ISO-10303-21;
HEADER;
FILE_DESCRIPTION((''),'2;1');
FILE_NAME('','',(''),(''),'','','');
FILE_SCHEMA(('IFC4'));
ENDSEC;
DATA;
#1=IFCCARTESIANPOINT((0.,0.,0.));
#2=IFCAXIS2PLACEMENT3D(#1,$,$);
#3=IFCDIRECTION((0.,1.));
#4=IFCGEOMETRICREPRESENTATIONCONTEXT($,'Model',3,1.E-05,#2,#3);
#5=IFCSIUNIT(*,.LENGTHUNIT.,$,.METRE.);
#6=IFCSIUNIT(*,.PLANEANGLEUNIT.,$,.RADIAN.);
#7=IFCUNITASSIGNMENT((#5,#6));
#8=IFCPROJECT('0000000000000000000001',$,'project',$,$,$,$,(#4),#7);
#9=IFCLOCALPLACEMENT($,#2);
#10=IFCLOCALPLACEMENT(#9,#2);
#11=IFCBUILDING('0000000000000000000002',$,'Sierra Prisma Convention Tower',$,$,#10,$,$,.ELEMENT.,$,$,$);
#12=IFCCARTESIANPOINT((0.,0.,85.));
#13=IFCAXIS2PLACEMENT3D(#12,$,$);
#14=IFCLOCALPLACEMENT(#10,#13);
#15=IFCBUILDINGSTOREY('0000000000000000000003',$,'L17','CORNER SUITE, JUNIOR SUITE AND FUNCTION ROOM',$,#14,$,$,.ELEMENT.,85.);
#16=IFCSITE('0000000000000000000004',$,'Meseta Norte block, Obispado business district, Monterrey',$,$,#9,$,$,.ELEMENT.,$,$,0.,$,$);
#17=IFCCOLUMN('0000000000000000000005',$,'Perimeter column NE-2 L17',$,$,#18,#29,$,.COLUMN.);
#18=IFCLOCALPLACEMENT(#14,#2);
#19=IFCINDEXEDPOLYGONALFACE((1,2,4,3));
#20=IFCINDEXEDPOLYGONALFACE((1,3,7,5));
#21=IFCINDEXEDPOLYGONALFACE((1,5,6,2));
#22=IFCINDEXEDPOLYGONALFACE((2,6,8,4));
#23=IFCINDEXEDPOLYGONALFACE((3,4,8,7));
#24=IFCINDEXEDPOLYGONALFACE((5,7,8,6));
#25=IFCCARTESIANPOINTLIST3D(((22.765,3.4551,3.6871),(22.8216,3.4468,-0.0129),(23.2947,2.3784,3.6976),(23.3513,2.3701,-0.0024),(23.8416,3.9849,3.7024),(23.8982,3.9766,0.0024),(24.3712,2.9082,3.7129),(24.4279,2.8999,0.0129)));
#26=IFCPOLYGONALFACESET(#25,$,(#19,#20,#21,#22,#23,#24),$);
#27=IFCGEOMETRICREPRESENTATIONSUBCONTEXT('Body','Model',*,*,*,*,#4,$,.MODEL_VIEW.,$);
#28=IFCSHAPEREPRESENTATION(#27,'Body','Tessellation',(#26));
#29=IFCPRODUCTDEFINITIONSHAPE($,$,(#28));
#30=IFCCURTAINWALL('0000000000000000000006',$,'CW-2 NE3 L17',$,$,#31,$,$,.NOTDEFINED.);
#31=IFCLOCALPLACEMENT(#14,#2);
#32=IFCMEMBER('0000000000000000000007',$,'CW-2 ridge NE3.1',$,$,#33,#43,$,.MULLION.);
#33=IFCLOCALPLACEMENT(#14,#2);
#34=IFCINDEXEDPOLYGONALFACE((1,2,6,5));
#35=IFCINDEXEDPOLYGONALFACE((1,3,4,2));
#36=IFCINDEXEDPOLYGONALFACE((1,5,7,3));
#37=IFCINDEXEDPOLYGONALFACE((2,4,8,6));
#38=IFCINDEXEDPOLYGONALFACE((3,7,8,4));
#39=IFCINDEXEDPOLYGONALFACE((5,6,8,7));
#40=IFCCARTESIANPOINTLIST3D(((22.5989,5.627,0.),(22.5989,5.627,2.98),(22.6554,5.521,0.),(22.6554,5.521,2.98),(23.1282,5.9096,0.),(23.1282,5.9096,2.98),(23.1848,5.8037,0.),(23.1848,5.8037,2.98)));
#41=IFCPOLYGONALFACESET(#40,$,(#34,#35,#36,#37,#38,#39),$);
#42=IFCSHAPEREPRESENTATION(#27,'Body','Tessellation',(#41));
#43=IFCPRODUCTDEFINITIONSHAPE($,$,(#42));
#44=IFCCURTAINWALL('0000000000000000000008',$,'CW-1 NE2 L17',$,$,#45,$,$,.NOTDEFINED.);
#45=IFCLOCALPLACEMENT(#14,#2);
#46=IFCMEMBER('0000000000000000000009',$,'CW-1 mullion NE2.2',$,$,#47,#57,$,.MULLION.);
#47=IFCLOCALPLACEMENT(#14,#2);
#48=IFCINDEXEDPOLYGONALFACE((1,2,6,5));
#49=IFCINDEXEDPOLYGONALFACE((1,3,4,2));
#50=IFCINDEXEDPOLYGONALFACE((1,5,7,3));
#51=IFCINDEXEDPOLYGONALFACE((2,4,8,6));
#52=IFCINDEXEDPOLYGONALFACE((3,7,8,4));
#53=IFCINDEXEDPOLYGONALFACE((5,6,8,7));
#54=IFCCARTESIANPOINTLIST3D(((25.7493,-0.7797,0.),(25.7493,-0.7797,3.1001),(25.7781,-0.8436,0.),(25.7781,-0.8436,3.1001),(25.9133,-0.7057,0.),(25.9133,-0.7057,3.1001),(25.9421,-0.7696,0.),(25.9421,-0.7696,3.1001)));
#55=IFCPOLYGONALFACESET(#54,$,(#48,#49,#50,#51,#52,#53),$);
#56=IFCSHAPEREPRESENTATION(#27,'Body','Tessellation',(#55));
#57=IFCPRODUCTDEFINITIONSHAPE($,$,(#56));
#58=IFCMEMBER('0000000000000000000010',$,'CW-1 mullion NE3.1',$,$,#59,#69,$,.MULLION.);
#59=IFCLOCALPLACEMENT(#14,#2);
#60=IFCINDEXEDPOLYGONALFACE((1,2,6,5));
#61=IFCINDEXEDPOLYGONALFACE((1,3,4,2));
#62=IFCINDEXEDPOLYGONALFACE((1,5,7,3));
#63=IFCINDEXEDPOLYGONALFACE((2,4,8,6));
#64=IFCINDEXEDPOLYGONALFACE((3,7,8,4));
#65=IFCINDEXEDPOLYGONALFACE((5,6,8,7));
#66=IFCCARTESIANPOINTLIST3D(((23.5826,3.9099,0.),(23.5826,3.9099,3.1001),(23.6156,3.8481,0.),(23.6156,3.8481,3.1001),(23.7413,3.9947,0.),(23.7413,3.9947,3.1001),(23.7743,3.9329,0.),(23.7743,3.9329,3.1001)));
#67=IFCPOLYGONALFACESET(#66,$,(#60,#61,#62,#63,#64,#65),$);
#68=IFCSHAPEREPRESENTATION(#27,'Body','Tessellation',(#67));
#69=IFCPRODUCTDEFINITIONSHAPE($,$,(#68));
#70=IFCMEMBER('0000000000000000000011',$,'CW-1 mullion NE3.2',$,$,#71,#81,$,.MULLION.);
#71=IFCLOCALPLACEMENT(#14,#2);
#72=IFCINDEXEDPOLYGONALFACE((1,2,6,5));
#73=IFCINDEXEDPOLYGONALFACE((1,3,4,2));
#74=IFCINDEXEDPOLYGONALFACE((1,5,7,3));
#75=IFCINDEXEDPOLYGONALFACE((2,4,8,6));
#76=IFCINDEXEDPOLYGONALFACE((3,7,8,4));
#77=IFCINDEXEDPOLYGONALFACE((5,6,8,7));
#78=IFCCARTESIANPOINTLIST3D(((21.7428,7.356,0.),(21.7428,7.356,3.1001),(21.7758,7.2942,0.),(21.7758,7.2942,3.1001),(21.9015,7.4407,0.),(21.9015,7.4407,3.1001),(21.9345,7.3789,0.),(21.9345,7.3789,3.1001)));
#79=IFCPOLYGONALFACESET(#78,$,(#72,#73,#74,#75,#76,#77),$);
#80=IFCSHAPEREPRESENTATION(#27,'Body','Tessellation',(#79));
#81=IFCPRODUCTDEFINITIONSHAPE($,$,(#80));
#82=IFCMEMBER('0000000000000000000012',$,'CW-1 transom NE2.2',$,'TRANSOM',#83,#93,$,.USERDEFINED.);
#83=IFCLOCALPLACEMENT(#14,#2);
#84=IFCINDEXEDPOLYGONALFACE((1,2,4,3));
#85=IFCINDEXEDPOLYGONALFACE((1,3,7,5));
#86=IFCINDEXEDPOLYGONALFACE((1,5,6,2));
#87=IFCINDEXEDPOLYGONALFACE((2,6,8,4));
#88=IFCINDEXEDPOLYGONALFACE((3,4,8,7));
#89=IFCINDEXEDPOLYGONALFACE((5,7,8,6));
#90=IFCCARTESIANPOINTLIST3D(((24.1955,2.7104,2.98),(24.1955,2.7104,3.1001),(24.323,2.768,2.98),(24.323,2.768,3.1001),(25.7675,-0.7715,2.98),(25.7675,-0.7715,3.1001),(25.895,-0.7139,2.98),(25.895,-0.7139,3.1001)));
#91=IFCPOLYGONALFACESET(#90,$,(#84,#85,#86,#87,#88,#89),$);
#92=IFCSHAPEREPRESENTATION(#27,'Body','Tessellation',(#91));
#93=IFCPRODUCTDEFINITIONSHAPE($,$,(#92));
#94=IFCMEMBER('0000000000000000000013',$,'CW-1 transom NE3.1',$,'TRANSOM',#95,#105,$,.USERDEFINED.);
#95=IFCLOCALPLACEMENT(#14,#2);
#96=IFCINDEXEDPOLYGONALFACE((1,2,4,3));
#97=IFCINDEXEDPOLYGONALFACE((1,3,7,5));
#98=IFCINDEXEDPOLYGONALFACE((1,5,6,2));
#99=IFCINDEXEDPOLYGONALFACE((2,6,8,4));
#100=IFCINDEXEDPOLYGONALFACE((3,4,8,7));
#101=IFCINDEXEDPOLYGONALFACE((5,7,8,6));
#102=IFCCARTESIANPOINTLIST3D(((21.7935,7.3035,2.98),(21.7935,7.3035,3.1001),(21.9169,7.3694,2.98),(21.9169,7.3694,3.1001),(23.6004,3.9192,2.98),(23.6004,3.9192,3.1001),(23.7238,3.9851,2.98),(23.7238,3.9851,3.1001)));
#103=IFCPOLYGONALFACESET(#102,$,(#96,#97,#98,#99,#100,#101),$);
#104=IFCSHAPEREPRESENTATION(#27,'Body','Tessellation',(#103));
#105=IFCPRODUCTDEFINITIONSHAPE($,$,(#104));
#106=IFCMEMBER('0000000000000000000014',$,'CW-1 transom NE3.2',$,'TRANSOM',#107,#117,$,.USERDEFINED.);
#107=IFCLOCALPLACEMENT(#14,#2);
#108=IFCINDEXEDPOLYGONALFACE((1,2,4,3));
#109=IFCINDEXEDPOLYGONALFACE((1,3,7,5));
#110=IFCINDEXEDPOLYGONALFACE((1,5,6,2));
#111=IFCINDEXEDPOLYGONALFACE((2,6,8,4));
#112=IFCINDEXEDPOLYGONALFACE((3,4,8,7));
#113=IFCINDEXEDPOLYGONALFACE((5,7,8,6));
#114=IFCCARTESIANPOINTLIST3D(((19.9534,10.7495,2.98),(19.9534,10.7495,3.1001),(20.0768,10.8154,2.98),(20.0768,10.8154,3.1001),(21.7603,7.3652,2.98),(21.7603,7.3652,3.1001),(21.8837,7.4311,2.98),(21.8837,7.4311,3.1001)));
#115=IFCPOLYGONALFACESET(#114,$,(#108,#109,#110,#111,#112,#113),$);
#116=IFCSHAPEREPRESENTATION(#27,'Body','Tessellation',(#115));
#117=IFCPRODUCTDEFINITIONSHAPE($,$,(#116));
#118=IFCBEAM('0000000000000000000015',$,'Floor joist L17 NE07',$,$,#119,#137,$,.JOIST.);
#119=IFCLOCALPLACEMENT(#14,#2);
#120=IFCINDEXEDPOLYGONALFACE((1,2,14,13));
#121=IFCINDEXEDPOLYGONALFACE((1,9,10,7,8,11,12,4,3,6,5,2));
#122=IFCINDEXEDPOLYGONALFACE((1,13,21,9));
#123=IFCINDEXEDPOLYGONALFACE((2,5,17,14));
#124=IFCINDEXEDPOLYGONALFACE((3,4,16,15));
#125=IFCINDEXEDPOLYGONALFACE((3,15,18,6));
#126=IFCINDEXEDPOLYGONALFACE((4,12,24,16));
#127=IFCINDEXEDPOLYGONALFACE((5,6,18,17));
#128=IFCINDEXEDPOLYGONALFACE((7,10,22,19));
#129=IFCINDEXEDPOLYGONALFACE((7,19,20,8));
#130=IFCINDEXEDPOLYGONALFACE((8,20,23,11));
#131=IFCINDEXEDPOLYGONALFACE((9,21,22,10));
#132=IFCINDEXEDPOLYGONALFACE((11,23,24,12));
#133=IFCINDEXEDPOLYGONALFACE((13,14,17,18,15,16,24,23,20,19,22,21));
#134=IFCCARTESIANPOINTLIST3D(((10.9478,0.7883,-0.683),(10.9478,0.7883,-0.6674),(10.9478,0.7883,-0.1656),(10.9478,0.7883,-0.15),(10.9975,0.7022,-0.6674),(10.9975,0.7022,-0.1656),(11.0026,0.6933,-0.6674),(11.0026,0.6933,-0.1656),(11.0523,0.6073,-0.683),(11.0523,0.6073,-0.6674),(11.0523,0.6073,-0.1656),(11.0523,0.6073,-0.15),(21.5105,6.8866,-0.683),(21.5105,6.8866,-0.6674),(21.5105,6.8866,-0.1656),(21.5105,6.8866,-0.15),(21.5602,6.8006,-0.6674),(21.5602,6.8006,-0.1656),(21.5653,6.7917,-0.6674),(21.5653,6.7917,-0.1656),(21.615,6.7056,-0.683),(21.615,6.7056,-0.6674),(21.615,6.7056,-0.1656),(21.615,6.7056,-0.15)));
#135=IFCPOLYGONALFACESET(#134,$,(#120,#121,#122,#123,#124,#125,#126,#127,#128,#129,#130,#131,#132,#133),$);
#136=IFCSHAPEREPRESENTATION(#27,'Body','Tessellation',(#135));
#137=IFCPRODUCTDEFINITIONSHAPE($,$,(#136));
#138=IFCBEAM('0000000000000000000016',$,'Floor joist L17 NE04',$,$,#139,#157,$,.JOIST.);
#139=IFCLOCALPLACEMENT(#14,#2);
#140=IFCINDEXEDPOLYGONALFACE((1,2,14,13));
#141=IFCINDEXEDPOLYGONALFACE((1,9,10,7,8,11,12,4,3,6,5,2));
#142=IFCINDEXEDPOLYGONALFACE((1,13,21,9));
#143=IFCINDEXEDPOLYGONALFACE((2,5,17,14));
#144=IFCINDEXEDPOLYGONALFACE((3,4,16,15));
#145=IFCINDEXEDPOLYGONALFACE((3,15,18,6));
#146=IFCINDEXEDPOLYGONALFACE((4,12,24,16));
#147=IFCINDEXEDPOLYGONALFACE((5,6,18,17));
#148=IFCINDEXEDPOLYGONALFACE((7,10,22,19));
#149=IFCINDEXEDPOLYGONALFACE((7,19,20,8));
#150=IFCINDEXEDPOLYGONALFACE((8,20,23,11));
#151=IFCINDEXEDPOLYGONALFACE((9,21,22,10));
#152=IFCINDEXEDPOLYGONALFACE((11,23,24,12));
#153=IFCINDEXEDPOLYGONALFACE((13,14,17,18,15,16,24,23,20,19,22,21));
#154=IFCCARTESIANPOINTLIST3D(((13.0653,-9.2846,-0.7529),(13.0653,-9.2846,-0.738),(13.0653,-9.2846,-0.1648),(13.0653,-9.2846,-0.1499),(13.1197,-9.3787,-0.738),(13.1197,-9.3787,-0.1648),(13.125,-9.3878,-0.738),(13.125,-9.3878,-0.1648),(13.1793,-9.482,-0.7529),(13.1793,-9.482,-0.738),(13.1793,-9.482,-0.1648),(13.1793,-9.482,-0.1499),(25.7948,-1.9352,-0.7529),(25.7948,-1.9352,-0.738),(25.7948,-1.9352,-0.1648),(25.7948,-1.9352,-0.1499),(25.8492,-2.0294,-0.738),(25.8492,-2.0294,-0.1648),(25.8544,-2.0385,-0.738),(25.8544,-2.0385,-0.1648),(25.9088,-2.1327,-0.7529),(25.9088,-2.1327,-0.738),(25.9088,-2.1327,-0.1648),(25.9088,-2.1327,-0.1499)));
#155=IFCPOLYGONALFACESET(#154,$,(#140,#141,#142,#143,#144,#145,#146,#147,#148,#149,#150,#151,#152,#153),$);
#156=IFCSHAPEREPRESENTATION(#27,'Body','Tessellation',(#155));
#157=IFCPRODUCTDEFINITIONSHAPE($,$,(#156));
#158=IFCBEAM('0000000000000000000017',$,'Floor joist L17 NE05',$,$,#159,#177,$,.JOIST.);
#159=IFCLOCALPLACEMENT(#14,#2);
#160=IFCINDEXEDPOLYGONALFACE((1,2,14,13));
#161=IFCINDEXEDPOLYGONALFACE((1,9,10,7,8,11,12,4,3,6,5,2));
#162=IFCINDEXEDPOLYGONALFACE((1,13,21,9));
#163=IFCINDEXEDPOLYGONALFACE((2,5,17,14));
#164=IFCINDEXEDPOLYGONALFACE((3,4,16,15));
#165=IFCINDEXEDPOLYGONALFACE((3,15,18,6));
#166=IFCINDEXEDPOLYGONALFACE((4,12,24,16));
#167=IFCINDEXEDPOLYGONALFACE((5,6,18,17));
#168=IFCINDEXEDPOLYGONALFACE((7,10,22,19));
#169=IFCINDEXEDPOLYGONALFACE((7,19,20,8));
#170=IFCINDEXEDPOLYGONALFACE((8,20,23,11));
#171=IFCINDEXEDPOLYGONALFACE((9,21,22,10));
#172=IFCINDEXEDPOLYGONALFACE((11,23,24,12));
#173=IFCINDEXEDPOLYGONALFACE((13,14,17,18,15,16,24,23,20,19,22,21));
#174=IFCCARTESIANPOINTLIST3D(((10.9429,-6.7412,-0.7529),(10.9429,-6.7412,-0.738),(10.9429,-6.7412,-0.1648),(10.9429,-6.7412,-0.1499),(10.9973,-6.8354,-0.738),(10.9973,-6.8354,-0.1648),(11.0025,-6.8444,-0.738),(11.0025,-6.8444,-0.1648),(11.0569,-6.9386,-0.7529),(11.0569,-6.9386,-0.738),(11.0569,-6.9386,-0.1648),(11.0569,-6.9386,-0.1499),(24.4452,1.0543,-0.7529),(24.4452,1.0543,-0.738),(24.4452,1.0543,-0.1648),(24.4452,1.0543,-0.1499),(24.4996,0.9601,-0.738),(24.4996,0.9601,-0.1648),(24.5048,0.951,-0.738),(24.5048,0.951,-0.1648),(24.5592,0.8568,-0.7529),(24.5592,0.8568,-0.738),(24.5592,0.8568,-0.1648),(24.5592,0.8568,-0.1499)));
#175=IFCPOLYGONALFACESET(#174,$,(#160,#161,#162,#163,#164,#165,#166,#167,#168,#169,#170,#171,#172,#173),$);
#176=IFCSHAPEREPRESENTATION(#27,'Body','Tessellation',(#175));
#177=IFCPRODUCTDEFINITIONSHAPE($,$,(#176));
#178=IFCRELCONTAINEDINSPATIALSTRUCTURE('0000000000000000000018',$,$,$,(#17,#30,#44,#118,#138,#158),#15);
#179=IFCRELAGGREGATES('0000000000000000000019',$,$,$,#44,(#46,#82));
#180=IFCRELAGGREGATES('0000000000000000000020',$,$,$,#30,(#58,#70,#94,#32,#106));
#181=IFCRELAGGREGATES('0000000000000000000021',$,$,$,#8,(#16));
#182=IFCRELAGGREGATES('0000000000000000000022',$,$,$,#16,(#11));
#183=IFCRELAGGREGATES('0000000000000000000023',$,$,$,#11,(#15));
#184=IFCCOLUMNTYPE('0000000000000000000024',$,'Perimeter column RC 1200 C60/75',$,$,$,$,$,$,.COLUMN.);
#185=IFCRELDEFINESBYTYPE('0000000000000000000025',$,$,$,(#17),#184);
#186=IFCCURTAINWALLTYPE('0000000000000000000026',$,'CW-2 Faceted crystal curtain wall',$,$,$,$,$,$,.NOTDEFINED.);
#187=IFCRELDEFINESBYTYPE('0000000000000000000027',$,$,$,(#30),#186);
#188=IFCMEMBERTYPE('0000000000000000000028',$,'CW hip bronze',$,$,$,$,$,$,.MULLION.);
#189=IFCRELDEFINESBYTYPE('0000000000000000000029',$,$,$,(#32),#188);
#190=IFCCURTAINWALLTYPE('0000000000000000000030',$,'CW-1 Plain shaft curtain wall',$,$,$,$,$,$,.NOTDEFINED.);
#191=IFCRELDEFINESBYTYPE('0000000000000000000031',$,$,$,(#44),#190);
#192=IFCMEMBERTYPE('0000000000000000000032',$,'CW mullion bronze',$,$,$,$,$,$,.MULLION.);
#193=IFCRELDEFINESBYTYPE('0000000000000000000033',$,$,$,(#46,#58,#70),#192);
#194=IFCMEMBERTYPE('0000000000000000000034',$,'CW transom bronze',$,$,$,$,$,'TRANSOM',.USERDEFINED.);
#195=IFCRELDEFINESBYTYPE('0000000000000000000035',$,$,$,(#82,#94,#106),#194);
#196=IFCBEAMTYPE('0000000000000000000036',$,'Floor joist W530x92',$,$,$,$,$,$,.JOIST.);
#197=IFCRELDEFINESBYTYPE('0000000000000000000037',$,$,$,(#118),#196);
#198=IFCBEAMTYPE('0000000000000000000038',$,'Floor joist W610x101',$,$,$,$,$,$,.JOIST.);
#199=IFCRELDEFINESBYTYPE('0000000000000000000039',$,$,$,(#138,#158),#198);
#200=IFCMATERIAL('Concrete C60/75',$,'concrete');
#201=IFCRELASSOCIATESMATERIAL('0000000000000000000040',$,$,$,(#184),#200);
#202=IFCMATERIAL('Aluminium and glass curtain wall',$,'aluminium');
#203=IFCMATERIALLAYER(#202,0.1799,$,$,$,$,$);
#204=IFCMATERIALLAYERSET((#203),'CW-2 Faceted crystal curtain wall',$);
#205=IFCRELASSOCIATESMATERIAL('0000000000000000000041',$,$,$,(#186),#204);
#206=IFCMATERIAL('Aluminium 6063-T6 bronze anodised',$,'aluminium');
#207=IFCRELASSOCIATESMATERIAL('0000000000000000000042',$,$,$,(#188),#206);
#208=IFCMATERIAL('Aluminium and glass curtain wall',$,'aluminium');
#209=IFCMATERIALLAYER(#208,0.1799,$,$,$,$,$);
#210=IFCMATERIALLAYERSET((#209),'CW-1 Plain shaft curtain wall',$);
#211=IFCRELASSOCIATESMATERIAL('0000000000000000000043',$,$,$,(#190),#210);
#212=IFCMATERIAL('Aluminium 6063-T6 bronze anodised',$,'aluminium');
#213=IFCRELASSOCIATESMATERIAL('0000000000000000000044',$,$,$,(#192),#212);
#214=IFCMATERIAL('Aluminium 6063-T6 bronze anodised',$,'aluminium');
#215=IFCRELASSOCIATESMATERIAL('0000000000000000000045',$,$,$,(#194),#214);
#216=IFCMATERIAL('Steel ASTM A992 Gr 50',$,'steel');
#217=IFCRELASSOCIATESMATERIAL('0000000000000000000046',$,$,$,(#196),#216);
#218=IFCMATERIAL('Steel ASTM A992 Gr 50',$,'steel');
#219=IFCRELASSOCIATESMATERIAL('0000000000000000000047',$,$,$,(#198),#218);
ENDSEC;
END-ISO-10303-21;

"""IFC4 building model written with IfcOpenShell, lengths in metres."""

from ifc_helpers import new_model, si_unit, direction, frame, origin, origin_2d, place, context, subcontext, project, spatial, rectangle, i_section, extrude, material, layer, layer_set, material_profile, profile_set, type_object, element, aggregate, save


model = new_model("IFC4")

# Units and contexts
model_context = context("Model", 3, precision=1e-05, world=origin(), true_north=direction((0.0, 1.0)))
body_context = subcontext(model_context, "Body", "Model", "MODEL_VIEW")
ifc_project = project(units=[si_unit("LENGTHUNIT", "METRE"), si_unit("PLANEANGLEUNIT", "RADIAN")], contexts=[model_context])

# Site, building, storey
site_placement = place(None, origin())
site = spatial("IfcSite", under=ifc_project, at=site_placement, Name="Meseta Norte block, Obispado business district, Monterrey", CompositionType="ELEMENT", RefElevation=0.0)
building_placement = place(site_placement, origin())
building = spatial("IfcBuilding", under=site, at=building_placement, Name="Sierra Prisma Convention Tower", CompositionType="ELEMENT")
storey_placement = place(building_placement, frame((0.0, 0.0, 85.0)))
storey = spatial("IfcBuildingStorey", under=building, at=storey_placement, Name="L17", Description="CORNER SUITE, JUNIOR SUITE AND FUNCTION ROOM", CompositionType="ELEMENT", Elevation=85.0)

# Column
ifc_material_1 = material(Name="Concrete C60/75", Category="concrete")
ifc_material_profile_1 = material_profile(ifc_material_1, rectangle(XDim=1.2, YDim=1.2, at=origin_2d()), Name="Perimeter column RC 1200 C60/75")
ifc_profile_set_1 = profile_set([ifc_material_profile_1], Name="Concrete C60/75")
column_type = type_object("IfcColumnType", Name="Perimeter column RC 1200 C60/75", PredefinedType="COLUMN", material=ifc_profile_set_1)
column_placement = place(storey_placement, frame((23.6248, 3.1733, 0.0), z_axis=(-0.015307, 0.002243, 0.99988), x_axis=(-0.441417, 0.897259, -0.00877)))
element("IfcColumn", 1, at=column_placement, inside=storey, type_object=column_type, Name="Perimeter column NE-2 L17", PredefinedType="COLUMN", context=body_context, shape_type="SweptSolid", body=[
    extrude(rectangle(XDim=1.2, YDim=1.2, at=origin_2d()), origin(), (0.0, 0.0, 1.0), 3.7004),
])

# Curtain walls, members
ifc_material_2 = material(Name="Aluminium and glass curtain wall", Category="aluminium")
ifc_layer_1 = layer(ifc_material_2, 0.1799)
ifc_layer_set_1 = layer_set([ifc_layer_1], Name="CW-2 Faceted crystal curtain wall")
curtain_wall_type_1 = type_object("IfcCurtainWallType", Name="CW-2 Faceted crystal curtain wall", PredefinedType="NOTDEFINED", material=ifc_layer_set_1)
curtain_wall_1_placement = place(storey_placement, origin())
curtain_wall_1 = element("IfcCurtainWall", 2, at=curtain_wall_1_placement, inside=storey, type_object=curtain_wall_type_1, Name="CW-2 NE3 L17", PredefinedType="NOTDEFINED")
ifc_material_3 = material(Name="Aluminium 6063-T6 bronze anodised", Category="aluminium")
ifc_material_profile_2 = material_profile(ifc_material_3, rectangle(XDim=0.1201, YDim=0.6001, at=origin_2d()), Name="ALU RIDGE BLADE 120x600")
ifc_profile_set_2 = profile_set([ifc_material_profile_2], Name="Aluminium 6063-T6 bronze anodised")
member_type_1 = type_object("IfcMemberType", Name="CW hip bronze", PredefinedType="MULLION", material=ifc_profile_set_2)
member_1_placement = place(storey_placement, frame((22.8918, 5.7153, 0.0), z_axis=(0.0, 0.0, 1.0), x_axis=(-0.470994, 0.882137, 0.0)))
member_1 = element("IfcMember", 3, at=member_1_placement, type_object=member_type_1, Name="CW-2 ridge NE3.1", PredefinedType="MULLION", context=body_context, shape_type="SweptSolid", body=[
    extrude(rectangle(XDim=0.1201, YDim=0.6001, at=origin_2d()), origin(), (0.0, 0.0, 1.0), 2.98),
])
ifc_material_4 = material(Name="Aluminium and glass curtain wall", Category="aluminium")
ifc_layer_2 = layer(ifc_material_4, 0.1799)
ifc_layer_set_2 = layer_set([ifc_layer_2], Name="CW-1 Plain shaft curtain wall")
curtain_wall_type_2 = type_object("IfcCurtainWallType", Name="CW-1 Plain shaft curtain wall", PredefinedType="NOTDEFINED", material=ifc_layer_set_2)
curtain_wall_2_placement = place(storey_placement, origin())
curtain_wall_2 = element("IfcCurtainWall", 4, at=curtain_wall_2_placement, inside=storey, type_object=curtain_wall_type_2, Name="CW-1 NE2 L17", PredefinedType="NOTDEFINED")
ifc_material_5 = material(Name="Aluminium 6063-T6 bronze anodised", Category="aluminium")
ifc_material_profile_3 = material_profile(ifc_material_5, rectangle(XDim=0.1799, YDim=0.0701, at=origin_2d()), Name="ALU MULLION 70x180")
ifc_profile_set_3 = profile_set([ifc_material_profile_3], Name="Aluminium 6063-T6 bronze anodised")
member_type_2 = type_object("IfcMemberType", Name="CW mullion bronze", PredefinedType="MULLION", material=ifc_profile_set_3)
member_2_placement = place(storey_placement, frame((25.8457, -0.7747, 0.0), z_axis=(0.0, 0.0, 1.0), x_axis=(-0.911429, -0.411458, 0.0)))
member_2 = element("IfcMember", 5, at=member_2_placement, type_object=member_type_2, Name="CW-1 mullion NE2.2", PredefinedType="MULLION", context=body_context, shape_type="SweptSolid", body=[
    extrude(rectangle(XDim=0.1799, YDim=0.0701, at=origin_2d()), origin(), (0.0, 0.0, 1.0), 3.1001),
])

# Members
member_3_placement = place(storey_placement, frame((23.6785, 3.9214, 0.0), z_axis=(0.0, 0.0, 1.0), x_axis=(-0.882137, -0.470994, 0.0)))
member_3 = element("IfcMember", 6, at=member_3_placement, type_object=member_type_2, Name="CW-1 mullion NE3.1", PredefinedType="MULLION", context=body_context, shape_type="SweptSolid", body=[
    extrude(rectangle(XDim=0.1799, YDim=0.0701, at=origin_2d()), origin(), (0.0, 0.0, 1.0), 3.1001),
])
member_4_placement = place(storey_placement, frame((21.8386, 7.3674, 0.0), z_axis=(0.0, 0.0, 1.0), x_axis=(-0.882137, -0.470994, 0.0)))
member_4 = element("IfcMember", 7, at=member_4_placement, type_object=member_type_2, Name="CW-1 mullion NE3.2", PredefinedType="MULLION", context=body_context, shape_type="SweptSolid", body=[
    extrude(rectangle(XDim=0.1799, YDim=0.0701, at=origin_2d()), origin(), (0.0, 0.0, 1.0), 3.1001),
])
ifc_material_6 = material(Name="Aluminium 6063-T6 bronze anodised", Category="aluminium")
ifc_material_profile_4 = material_profile(ifc_material_6, rectangle(XDim=0.1399, YDim=0.1201, at=origin_2d()), Name="ALU TRANSOM 120x140")
ifc_profile_set_4 = profile_set([ifc_material_profile_4], Name="Aluminium 6063-T6 bronze anodised")
member_type_3 = type_object("IfcMemberType", Name="CW transom bronze", ElementType="TRANSOM", PredefinedType="USERDEFINED", material=ifc_profile_set_4)
member_5_placement = place(storey_placement, frame((25.8313, -0.7427, 3.04), z_axis=(-0.411486, 0.911416, 0.0), x_axis=(-0.911416, -0.411486, 0.0)))
member_5 = element("IfcMember", 8, at=member_5_placement, type_object=member_type_3, Name="CW-1 transom NE2.2", ObjectType="TRANSOM", PredefinedType="USERDEFINED", context=body_context, shape_type="SweptSolid", body=[
    extrude(rectangle(XDim=0.1399, YDim=0.1201, at=origin_2d()), origin(), (0.0, 0.0, 1.0), 3.8203),
])
member_6_placement = place(storey_placement, frame((23.6621, 3.9521, 3.04), z_axis=(-0.470981, 0.882143, 0.0), x_axis=(-0.882143, -0.470981, 0.0)))
member_6 = element("IfcMember", 9, at=member_6_placement, type_object=member_type_3, Name="CW-1 transom NE3.1", ObjectType="TRANSOM", PredefinedType="USERDEFINED", context=body_context, shape_type="SweptSolid", body=[
    extrude(rectangle(XDim=0.1399, YDim=0.1201, at=origin_2d()), origin(), (0.0, 0.0, 1.0), 3.8364),
])
member_7_placement = place(storey_placement, frame((21.822, 7.3982, 3.04), z_axis=(-0.470981, 0.882143, 0.0), x_axis=(-0.882143, -0.470981, 0.0)))
member_7 = element("IfcMember", 10, at=member_7_placement, type_object=member_type_3, Name="CW-1 transom NE3.2", ObjectType="TRANSOM", PredefinedType="USERDEFINED", context=body_context, shape_type="SweptSolid", body=[
    extrude(rectangle(XDim=0.1399, YDim=0.1201, at=origin_2d()), origin(), (0.0, 0.0, 1.0), 3.8364),
])

# Beams
ifc_material_7 = material(Name="Steel ASTM A992 Gr 50", Category="steel")
ifc_material_profile_5 = material_profile(ifc_material_7, i_section(OverallWidth=0.209, OverallDepth=0.533, WebThickness=0.0103, FlangeThickness=0.0156, at=origin_2d()), Name="W530x92")
ifc_profile_set_5 = profile_set([ifc_material_profile_5], Name="Steel ASTM A992 Gr 50")
beam_type_1 = type_object("IfcBeamType", Name="Floor joist W530x92", PredefinedType="JOIST", material=ifc_profile_set_5)
beam_1_placement = place(storey_placement, frame((21.5627, 6.7961, -0.4165), z_axis=(-0.866026, -0.499999, 0.0), x_axis=(0.499999, -0.866026, 0.0)))
element("IfcBeam", 11, at=beam_1_placement, inside=storey, type_object=beam_type_1, Name="Floor joist L17 NE07", PredefinedType="JOIST", context=body_context, shape_type="SweptSolid", body=[
    extrude(i_section(OverallWidth=0.209, OverallDepth=0.533, WebThickness=0.0103, FlangeThickness=0.0156, at=origin_2d()), origin(), (0.0, 0.0, 1.0), 12.1968),
])
ifc_material_8 = material(Name="Steel ASTM A992 Gr 50", Category="steel")
ifc_material_profile_6 = material_profile(ifc_material_8, i_section(OverallWidth=0.228, OverallDepth=0.603, WebThickness=0.0105, FlangeThickness=0.0149, at=origin_2d()), Name="W610x101")
ifc_profile_set_6 = profile_set([ifc_material_profile_6], Name="Steel ASTM A992 Gr 50")
beam_type_2 = type_object("IfcBeamType", Name="Floor joist W610x101", PredefinedType="JOIST", material=ifc_profile_set_6)
beam_2_placement = place(storey_placement, frame((25.8518, -2.0339, -0.4514), z_axis=(-0.866026, -0.499999, 0.0), x_axis=(0.499999, -0.866026, 0.0)))
element("IfcBeam", 12, at=beam_2_placement, inside=storey, type_object=beam_type_2, Name="Floor joist L17 NE04", PredefinedType="JOIST", context=body_context, shape_type="SweptSolid", body=[
    extrude(i_section(OverallWidth=0.228, OverallDepth=0.603, WebThickness=0.0105, FlangeThickness=0.0149, at=origin_2d()), origin(), (0.0, 0.0, 1.0), 14.6987),
])
beam_3_placement = place(storey_placement, frame((24.5022, 0.9556, -0.4514), z_axis=(-0.866028, -0.499996, 0.0), x_axis=(0.499996, -0.866028, 0.0)))
element("IfcBeam", 13, at=beam_3_placement, inside=storey, type_object=beam_type_2, Name="Floor joist L17 NE05", PredefinedType="JOIST", context=body_context, shape_type="SweptSolid", body=[
    extrude(i_section(OverallWidth=0.228, OverallDepth=0.603, WebThickness=0.0105, FlangeThickness=0.0149, at=origin_2d()), origin(), (0.0, 0.0, 1.0), 15.5911),
])

aggregate(curtain_wall_2, [member_2, member_5])
aggregate(curtain_wall_1, [member_3, member_4, member_6, member_1, member_7])

save(model, "model.ifc")
